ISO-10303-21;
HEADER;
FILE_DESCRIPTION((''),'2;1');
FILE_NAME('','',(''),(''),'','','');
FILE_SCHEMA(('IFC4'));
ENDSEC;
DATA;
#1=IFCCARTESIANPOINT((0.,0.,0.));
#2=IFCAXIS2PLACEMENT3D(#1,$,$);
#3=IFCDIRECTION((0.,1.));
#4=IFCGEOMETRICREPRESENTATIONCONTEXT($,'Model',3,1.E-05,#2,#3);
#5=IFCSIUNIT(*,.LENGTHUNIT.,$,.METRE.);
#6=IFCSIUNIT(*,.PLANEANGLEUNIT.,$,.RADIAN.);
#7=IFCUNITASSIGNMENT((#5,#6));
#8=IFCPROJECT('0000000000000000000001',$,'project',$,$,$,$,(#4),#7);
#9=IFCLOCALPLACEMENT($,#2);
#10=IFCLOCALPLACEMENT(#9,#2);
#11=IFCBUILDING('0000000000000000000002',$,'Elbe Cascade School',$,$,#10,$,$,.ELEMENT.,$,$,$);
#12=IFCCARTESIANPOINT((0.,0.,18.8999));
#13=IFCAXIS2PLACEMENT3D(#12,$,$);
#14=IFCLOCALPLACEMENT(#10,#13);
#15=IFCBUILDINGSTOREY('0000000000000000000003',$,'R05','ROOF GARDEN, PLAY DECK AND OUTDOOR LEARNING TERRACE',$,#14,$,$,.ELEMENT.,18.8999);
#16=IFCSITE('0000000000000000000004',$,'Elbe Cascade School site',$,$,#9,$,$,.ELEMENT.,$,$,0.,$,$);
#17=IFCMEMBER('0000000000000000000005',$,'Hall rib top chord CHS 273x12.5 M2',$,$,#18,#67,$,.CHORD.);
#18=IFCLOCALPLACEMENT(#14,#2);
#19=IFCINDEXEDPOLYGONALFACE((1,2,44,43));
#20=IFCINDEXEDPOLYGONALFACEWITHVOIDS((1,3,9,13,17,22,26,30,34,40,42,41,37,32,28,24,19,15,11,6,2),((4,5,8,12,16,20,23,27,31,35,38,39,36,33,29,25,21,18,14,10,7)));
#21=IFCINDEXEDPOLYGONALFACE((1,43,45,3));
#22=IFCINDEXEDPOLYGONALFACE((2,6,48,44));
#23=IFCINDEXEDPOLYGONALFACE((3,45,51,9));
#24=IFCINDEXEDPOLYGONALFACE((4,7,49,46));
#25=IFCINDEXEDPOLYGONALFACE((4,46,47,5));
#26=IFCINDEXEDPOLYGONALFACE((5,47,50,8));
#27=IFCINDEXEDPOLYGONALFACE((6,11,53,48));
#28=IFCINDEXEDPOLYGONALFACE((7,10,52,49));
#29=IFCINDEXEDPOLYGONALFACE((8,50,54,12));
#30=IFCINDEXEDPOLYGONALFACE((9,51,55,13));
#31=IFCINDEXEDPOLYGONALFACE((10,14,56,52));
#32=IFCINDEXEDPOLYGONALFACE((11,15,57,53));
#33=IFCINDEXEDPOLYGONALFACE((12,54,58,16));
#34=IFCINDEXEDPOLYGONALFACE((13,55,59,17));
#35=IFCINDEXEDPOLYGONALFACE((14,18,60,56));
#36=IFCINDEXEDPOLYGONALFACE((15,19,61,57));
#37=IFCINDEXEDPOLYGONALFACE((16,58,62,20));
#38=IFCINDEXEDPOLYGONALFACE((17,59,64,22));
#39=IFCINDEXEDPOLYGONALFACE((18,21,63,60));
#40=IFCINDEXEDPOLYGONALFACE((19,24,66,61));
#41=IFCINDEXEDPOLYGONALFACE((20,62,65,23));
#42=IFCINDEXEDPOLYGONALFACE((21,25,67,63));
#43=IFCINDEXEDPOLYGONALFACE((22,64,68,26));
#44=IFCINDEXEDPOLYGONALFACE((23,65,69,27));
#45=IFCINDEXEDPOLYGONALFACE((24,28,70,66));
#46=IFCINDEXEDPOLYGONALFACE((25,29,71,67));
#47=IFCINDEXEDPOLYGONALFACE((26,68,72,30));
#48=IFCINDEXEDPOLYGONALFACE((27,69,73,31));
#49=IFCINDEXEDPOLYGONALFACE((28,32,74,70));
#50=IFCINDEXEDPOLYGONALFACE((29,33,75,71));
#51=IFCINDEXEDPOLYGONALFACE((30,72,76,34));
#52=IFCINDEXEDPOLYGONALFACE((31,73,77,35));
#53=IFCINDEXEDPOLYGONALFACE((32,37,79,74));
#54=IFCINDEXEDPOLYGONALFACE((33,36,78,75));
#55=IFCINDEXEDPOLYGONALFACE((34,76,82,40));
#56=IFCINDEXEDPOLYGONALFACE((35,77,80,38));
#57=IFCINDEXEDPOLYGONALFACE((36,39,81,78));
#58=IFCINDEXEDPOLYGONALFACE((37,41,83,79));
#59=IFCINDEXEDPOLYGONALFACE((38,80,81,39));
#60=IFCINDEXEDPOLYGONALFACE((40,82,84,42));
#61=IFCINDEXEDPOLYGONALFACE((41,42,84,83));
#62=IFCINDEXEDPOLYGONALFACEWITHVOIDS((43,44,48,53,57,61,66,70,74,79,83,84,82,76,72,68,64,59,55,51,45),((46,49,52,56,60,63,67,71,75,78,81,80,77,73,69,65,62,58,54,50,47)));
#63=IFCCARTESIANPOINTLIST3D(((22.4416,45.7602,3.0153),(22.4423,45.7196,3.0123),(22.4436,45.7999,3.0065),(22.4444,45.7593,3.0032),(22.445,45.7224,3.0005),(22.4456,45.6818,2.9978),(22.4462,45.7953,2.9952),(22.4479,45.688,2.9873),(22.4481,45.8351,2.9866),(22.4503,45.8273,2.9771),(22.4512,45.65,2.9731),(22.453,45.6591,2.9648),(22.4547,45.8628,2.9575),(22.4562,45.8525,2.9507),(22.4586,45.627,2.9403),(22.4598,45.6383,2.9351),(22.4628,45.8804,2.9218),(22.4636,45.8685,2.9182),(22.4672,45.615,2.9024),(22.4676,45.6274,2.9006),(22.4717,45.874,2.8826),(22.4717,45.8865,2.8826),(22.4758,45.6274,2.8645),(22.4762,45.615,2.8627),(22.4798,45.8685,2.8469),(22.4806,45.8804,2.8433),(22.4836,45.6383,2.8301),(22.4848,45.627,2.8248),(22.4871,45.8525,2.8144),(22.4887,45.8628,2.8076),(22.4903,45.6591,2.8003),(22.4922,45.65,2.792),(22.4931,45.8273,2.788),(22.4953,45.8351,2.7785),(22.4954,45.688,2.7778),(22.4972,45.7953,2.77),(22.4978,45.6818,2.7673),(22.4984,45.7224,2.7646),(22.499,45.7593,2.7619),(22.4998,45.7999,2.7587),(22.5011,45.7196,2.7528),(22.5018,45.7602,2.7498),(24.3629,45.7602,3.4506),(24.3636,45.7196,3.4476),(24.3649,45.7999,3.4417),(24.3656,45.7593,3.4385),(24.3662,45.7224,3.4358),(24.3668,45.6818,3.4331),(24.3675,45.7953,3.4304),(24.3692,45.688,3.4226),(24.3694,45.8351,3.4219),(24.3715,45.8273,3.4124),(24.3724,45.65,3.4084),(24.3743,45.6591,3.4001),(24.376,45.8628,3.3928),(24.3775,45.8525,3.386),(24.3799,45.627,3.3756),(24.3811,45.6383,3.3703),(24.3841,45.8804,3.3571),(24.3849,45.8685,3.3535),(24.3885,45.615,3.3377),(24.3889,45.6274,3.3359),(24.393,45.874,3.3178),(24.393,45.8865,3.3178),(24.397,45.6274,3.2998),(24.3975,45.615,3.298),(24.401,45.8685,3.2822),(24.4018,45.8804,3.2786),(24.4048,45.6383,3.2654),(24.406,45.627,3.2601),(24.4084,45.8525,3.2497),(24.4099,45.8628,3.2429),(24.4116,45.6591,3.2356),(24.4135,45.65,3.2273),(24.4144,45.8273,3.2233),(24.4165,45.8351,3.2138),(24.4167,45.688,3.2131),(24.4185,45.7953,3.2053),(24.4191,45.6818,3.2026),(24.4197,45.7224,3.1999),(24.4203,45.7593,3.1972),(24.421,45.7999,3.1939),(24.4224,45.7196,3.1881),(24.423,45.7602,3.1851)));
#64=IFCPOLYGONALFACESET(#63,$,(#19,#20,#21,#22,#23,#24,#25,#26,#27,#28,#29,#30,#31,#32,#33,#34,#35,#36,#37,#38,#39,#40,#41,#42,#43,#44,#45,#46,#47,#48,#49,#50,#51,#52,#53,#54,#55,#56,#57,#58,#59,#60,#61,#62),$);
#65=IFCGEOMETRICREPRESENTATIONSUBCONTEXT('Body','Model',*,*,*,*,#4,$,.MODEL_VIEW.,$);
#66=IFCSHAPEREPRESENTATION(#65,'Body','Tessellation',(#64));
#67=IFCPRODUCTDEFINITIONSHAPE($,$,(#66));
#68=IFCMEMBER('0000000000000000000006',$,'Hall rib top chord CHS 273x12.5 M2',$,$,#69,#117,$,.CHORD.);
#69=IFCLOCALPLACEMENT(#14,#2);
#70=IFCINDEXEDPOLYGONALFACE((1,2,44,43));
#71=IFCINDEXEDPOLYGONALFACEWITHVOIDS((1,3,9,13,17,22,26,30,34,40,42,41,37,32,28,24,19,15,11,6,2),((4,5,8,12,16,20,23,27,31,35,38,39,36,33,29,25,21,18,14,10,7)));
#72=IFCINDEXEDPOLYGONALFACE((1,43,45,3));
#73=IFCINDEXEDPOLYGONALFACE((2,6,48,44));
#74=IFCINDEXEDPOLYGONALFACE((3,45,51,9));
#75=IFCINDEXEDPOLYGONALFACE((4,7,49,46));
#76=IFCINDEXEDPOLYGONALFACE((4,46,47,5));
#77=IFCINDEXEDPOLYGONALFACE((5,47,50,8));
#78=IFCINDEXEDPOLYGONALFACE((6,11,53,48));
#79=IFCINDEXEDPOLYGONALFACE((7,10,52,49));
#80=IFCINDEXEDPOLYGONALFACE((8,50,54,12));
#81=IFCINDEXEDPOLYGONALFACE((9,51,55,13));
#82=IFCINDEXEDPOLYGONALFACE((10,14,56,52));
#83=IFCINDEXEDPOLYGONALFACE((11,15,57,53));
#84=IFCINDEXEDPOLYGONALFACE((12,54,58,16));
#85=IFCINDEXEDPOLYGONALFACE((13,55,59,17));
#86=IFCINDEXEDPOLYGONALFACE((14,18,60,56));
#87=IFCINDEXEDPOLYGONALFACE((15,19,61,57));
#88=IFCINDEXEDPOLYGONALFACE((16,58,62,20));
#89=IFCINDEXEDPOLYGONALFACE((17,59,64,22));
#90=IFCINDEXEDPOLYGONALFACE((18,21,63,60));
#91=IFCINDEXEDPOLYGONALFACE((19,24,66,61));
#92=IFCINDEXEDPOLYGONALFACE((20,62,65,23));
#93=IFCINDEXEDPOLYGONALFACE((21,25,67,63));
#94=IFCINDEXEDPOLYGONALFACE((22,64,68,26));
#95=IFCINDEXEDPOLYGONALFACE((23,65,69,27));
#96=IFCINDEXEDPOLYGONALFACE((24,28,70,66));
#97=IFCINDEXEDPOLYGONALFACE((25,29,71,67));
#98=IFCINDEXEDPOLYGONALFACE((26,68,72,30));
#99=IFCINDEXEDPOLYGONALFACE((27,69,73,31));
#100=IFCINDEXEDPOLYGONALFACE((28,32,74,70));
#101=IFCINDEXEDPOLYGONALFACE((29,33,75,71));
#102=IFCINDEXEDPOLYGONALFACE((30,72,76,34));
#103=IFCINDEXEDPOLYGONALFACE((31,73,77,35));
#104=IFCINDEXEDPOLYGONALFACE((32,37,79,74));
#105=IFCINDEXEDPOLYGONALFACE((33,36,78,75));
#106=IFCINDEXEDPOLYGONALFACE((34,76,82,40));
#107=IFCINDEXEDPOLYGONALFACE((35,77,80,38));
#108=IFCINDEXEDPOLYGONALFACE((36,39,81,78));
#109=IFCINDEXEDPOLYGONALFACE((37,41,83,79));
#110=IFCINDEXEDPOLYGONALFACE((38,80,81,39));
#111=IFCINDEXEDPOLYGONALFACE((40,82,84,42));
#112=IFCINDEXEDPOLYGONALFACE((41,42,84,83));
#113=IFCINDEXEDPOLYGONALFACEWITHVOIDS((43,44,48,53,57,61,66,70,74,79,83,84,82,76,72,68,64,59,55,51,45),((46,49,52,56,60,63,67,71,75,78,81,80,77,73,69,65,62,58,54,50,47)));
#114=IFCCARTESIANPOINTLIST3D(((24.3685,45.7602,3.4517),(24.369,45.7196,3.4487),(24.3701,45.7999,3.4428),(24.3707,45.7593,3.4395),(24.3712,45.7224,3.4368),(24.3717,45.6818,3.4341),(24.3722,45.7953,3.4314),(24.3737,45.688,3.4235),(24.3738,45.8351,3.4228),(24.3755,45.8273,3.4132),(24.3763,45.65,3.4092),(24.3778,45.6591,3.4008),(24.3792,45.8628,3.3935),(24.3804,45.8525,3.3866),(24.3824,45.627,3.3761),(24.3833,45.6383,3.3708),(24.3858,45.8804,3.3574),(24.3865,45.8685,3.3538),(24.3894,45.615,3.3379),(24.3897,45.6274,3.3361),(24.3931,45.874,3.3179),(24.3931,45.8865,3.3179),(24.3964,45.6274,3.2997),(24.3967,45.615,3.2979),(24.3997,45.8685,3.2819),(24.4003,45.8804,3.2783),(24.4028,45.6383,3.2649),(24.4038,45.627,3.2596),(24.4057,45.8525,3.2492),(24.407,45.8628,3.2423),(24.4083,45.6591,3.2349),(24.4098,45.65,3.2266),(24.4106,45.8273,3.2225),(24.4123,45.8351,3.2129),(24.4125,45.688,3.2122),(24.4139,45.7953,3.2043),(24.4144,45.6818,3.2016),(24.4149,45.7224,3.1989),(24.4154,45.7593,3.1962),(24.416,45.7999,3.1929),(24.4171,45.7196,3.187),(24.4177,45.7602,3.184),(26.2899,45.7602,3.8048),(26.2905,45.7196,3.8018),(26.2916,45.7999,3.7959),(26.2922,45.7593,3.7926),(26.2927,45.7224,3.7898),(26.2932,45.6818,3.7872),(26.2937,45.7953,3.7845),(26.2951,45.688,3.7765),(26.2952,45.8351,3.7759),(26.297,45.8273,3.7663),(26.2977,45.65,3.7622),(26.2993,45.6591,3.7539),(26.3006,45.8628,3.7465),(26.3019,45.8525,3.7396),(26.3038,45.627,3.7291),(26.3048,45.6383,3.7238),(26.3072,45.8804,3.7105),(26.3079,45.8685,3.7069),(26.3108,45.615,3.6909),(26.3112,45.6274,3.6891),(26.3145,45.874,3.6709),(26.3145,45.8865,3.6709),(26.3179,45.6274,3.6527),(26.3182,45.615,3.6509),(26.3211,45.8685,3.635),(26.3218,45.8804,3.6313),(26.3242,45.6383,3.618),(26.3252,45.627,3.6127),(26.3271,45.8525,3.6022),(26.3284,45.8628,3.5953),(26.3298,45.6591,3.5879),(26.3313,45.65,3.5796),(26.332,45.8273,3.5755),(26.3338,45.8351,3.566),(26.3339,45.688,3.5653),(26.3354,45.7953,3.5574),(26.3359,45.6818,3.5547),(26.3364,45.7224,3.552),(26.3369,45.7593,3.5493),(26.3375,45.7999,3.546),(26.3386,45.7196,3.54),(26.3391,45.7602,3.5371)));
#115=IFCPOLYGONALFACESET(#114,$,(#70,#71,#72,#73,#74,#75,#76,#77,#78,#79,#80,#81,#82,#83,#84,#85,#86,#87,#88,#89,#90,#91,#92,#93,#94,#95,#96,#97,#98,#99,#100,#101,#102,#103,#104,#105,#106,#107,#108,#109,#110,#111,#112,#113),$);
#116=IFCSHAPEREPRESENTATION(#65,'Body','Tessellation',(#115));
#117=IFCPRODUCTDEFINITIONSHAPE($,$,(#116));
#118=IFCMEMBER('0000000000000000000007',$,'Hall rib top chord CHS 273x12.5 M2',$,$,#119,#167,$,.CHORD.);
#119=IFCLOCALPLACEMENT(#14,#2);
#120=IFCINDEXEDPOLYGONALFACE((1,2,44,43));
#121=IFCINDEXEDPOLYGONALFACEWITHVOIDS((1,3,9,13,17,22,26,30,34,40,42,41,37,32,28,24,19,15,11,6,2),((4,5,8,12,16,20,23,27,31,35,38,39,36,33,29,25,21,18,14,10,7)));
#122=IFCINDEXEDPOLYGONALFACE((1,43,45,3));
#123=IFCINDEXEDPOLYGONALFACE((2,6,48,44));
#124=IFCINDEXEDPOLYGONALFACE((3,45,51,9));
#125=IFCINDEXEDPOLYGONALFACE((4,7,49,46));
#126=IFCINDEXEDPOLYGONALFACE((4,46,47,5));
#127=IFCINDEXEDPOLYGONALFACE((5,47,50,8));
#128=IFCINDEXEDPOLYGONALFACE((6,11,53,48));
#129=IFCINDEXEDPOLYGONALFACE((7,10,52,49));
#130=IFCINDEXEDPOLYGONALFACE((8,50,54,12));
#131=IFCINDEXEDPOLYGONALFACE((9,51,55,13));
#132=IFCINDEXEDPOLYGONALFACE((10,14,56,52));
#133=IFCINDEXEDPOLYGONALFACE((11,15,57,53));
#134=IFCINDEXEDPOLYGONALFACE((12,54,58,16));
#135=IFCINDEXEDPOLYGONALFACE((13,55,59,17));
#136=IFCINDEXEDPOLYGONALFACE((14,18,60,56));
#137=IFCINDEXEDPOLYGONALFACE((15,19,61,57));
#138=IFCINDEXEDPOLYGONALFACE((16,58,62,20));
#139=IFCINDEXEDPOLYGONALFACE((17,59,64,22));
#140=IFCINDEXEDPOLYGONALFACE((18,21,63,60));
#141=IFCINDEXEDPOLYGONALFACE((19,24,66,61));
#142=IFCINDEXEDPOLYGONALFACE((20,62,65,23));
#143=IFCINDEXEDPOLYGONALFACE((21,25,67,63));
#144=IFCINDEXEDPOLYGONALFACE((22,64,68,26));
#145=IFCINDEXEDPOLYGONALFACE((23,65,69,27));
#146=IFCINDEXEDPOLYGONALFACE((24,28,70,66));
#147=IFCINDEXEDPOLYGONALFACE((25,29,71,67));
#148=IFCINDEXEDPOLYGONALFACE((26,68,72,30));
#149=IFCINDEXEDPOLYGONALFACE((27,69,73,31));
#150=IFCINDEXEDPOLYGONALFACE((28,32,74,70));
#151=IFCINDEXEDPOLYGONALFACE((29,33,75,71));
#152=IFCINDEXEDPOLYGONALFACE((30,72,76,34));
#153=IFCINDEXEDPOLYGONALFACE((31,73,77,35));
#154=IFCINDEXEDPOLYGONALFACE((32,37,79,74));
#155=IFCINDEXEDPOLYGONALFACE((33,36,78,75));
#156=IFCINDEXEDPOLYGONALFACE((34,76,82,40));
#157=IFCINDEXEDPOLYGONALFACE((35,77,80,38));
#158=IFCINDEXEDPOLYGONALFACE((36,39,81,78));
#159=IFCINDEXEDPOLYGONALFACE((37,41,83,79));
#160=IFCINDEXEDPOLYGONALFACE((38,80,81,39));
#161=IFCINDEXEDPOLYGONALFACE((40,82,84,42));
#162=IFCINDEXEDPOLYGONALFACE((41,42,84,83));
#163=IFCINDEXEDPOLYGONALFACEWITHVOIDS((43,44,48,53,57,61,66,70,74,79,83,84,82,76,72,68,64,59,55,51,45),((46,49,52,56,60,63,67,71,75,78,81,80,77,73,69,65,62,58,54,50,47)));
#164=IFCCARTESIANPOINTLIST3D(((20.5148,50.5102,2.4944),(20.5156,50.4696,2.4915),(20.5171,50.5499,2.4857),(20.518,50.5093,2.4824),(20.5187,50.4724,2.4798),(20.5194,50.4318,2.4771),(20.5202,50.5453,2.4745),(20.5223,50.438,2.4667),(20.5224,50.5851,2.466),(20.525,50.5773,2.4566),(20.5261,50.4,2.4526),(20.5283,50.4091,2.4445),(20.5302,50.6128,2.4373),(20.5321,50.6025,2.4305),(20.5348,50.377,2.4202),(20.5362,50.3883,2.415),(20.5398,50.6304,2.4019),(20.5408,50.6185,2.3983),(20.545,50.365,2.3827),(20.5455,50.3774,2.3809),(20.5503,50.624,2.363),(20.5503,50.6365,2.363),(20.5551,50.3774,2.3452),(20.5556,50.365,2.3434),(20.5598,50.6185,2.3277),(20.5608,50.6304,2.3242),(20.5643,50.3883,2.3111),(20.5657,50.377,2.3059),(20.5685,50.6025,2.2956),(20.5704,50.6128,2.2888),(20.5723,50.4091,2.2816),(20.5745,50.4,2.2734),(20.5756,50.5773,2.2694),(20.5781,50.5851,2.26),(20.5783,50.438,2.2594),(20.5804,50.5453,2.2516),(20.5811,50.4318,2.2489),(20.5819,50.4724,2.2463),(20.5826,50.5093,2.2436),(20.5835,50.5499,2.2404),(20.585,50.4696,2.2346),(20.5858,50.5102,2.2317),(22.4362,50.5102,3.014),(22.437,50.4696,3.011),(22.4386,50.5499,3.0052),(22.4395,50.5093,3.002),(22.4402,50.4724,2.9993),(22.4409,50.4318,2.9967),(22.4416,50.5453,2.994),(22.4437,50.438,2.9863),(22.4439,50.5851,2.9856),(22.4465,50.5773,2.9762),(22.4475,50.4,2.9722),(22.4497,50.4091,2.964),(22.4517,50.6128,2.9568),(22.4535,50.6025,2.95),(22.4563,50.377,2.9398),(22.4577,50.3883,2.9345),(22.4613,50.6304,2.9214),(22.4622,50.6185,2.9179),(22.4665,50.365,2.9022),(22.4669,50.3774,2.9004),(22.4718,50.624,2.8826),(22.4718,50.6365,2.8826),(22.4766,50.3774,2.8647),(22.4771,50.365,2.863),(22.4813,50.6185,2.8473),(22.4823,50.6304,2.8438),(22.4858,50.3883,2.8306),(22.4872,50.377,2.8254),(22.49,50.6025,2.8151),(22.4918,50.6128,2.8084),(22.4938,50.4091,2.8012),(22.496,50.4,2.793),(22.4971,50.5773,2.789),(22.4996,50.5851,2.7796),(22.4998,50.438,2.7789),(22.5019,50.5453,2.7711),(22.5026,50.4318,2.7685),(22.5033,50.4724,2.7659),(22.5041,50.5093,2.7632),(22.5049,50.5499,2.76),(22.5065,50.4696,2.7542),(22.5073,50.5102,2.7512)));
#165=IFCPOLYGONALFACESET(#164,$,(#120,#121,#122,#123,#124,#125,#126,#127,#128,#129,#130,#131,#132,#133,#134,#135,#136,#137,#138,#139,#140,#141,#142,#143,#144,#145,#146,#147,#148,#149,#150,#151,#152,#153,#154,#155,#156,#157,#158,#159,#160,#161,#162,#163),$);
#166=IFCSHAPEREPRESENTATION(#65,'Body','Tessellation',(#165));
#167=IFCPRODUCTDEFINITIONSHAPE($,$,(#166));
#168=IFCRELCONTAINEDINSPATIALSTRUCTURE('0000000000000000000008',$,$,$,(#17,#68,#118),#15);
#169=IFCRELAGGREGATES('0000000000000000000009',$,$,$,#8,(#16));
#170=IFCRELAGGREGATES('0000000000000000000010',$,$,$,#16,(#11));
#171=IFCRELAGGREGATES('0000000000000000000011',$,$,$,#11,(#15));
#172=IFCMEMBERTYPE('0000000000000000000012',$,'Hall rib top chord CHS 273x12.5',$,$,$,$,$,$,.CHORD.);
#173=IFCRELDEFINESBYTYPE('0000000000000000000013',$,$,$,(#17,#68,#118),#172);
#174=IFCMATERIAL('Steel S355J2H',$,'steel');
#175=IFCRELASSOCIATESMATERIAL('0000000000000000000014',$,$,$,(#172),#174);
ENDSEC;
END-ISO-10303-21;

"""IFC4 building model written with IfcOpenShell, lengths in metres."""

from ifc_helpers import new_model, si_unit, direction, frame, origin, origin_2d, place, context, subcontext, project, spatial, hollow_circle, extrude, material, material_profile, profile_set, type_object, element, save


model = new_model("IFC4")

# Units and contexts
model_context = context("Model", 3, precision=1e-05, world=origin(), true_north=direction((0.0, 1.0)))
body_context = subcontext(model_context, "Body", "Model", "MODEL_VIEW")
ifc_project = project(units=[si_unit("LENGTHUNIT", "METRE"), si_unit("PLANEANGLEUNIT", "RADIAN")], contexts=[model_context])

# Site, building, storey
site_placement = place(None, origin())
site = spatial("IfcSite", under=ifc_project, at=site_placement, Name="Elbe Cascade School site", CompositionType="ELEMENT", RefElevation=0.0)
building_placement = place(site_placement, origin())
building = spatial("IfcBuilding", under=site, at=building_placement, Name="Elbe Cascade School", CompositionType="ELEMENT")
storey_placement = place(building_placement, frame((0.0, 0.0, 18.8999)))
storey = spatial("IfcBuildingStorey", under=building, at=storey_placement, Name="R05", Description="ROOF GARDEN, PLAY DECK AND OUTDOOR LEARNING TERRACE", CompositionType="ELEMENT", Elevation=18.8999)

# Members
ifc_material_1 = material(Name="Steel S355J2H", Category="steel")
ifc_material_profile_1 = material_profile(ifc_material_1, hollow_circle(Radius=0.1365, WallThickness=0.0125, at=origin_2d()), Name="CHS 273x12.5")
ifc_profile_set_1 = profile_set([ifc_material_profile_1], Name="Steel S355J2H")
member_type_1 = type_object("IfcMemberType", Name="Hall rib top chord CHS 273x12.5", PredefinedType="CHORD", material=ifc_profile_set_1)
member_1_placement = place(storey_placement, frame((22.4717, 45.75, 2.8826), z_axis=(0.975284, 0.0, 0.220957), x_axis=(0.0, 1.0, 0.0)))
element("IfcMember", 1, at=member_1_placement, inside=storey, type_object=member_type_1, Name="Hall rib top chord CHS 273x12.5 M2", PredefinedType="CHORD", context=body_context, shape_type="SweptSolid", body=[
    extrude(hollow_circle(Radius=0.1365, WallThickness=0.0125, at=origin_2d()), origin(), (0.0, 0.0, 1.0), 1.97),
])
member_2_placement = place(storey_placement, frame((24.3931, 45.75, 3.3179), z_axis=(0.983536, 0.0, 0.180711), x_axis=(0.0, 1.0, 0.0)))
element("IfcMember", 2, at=member_2_placement, inside=storey, type_object=member_type_1, Name="Hall rib top chord CHS 273x12.5 M2", PredefinedType="CHORD", context=body_context, shape_type="SweptSolid", body=[
    extrude(hollow_circle(Radius=0.1365, WallThickness=0.0125, at=origin_2d()), origin(), (0.0, 0.0, 1.0), 1.9536),
])
member_3_placement = place(storey_placement, frame((20.5503, 50.5, 2.363), z_axis=(0.965333, 0.0, 0.26102), x_axis=(0.0, 1.0, 0.0)))
element("IfcMember", 3, at=member_3_placement, inside=storey, type_object=member_type_1, Name="Hall rib top chord CHS 273x12.5 M2", PredefinedType="CHORD", context=body_context, shape_type="SweptSolid", body=[
    extrude(hollow_circle(Radius=0.1365, WallThickness=0.0125, at=origin_2d()), origin(), (0.0, 0.0, 1.0), 1.9905),
])

save(model, "model.ifc")
